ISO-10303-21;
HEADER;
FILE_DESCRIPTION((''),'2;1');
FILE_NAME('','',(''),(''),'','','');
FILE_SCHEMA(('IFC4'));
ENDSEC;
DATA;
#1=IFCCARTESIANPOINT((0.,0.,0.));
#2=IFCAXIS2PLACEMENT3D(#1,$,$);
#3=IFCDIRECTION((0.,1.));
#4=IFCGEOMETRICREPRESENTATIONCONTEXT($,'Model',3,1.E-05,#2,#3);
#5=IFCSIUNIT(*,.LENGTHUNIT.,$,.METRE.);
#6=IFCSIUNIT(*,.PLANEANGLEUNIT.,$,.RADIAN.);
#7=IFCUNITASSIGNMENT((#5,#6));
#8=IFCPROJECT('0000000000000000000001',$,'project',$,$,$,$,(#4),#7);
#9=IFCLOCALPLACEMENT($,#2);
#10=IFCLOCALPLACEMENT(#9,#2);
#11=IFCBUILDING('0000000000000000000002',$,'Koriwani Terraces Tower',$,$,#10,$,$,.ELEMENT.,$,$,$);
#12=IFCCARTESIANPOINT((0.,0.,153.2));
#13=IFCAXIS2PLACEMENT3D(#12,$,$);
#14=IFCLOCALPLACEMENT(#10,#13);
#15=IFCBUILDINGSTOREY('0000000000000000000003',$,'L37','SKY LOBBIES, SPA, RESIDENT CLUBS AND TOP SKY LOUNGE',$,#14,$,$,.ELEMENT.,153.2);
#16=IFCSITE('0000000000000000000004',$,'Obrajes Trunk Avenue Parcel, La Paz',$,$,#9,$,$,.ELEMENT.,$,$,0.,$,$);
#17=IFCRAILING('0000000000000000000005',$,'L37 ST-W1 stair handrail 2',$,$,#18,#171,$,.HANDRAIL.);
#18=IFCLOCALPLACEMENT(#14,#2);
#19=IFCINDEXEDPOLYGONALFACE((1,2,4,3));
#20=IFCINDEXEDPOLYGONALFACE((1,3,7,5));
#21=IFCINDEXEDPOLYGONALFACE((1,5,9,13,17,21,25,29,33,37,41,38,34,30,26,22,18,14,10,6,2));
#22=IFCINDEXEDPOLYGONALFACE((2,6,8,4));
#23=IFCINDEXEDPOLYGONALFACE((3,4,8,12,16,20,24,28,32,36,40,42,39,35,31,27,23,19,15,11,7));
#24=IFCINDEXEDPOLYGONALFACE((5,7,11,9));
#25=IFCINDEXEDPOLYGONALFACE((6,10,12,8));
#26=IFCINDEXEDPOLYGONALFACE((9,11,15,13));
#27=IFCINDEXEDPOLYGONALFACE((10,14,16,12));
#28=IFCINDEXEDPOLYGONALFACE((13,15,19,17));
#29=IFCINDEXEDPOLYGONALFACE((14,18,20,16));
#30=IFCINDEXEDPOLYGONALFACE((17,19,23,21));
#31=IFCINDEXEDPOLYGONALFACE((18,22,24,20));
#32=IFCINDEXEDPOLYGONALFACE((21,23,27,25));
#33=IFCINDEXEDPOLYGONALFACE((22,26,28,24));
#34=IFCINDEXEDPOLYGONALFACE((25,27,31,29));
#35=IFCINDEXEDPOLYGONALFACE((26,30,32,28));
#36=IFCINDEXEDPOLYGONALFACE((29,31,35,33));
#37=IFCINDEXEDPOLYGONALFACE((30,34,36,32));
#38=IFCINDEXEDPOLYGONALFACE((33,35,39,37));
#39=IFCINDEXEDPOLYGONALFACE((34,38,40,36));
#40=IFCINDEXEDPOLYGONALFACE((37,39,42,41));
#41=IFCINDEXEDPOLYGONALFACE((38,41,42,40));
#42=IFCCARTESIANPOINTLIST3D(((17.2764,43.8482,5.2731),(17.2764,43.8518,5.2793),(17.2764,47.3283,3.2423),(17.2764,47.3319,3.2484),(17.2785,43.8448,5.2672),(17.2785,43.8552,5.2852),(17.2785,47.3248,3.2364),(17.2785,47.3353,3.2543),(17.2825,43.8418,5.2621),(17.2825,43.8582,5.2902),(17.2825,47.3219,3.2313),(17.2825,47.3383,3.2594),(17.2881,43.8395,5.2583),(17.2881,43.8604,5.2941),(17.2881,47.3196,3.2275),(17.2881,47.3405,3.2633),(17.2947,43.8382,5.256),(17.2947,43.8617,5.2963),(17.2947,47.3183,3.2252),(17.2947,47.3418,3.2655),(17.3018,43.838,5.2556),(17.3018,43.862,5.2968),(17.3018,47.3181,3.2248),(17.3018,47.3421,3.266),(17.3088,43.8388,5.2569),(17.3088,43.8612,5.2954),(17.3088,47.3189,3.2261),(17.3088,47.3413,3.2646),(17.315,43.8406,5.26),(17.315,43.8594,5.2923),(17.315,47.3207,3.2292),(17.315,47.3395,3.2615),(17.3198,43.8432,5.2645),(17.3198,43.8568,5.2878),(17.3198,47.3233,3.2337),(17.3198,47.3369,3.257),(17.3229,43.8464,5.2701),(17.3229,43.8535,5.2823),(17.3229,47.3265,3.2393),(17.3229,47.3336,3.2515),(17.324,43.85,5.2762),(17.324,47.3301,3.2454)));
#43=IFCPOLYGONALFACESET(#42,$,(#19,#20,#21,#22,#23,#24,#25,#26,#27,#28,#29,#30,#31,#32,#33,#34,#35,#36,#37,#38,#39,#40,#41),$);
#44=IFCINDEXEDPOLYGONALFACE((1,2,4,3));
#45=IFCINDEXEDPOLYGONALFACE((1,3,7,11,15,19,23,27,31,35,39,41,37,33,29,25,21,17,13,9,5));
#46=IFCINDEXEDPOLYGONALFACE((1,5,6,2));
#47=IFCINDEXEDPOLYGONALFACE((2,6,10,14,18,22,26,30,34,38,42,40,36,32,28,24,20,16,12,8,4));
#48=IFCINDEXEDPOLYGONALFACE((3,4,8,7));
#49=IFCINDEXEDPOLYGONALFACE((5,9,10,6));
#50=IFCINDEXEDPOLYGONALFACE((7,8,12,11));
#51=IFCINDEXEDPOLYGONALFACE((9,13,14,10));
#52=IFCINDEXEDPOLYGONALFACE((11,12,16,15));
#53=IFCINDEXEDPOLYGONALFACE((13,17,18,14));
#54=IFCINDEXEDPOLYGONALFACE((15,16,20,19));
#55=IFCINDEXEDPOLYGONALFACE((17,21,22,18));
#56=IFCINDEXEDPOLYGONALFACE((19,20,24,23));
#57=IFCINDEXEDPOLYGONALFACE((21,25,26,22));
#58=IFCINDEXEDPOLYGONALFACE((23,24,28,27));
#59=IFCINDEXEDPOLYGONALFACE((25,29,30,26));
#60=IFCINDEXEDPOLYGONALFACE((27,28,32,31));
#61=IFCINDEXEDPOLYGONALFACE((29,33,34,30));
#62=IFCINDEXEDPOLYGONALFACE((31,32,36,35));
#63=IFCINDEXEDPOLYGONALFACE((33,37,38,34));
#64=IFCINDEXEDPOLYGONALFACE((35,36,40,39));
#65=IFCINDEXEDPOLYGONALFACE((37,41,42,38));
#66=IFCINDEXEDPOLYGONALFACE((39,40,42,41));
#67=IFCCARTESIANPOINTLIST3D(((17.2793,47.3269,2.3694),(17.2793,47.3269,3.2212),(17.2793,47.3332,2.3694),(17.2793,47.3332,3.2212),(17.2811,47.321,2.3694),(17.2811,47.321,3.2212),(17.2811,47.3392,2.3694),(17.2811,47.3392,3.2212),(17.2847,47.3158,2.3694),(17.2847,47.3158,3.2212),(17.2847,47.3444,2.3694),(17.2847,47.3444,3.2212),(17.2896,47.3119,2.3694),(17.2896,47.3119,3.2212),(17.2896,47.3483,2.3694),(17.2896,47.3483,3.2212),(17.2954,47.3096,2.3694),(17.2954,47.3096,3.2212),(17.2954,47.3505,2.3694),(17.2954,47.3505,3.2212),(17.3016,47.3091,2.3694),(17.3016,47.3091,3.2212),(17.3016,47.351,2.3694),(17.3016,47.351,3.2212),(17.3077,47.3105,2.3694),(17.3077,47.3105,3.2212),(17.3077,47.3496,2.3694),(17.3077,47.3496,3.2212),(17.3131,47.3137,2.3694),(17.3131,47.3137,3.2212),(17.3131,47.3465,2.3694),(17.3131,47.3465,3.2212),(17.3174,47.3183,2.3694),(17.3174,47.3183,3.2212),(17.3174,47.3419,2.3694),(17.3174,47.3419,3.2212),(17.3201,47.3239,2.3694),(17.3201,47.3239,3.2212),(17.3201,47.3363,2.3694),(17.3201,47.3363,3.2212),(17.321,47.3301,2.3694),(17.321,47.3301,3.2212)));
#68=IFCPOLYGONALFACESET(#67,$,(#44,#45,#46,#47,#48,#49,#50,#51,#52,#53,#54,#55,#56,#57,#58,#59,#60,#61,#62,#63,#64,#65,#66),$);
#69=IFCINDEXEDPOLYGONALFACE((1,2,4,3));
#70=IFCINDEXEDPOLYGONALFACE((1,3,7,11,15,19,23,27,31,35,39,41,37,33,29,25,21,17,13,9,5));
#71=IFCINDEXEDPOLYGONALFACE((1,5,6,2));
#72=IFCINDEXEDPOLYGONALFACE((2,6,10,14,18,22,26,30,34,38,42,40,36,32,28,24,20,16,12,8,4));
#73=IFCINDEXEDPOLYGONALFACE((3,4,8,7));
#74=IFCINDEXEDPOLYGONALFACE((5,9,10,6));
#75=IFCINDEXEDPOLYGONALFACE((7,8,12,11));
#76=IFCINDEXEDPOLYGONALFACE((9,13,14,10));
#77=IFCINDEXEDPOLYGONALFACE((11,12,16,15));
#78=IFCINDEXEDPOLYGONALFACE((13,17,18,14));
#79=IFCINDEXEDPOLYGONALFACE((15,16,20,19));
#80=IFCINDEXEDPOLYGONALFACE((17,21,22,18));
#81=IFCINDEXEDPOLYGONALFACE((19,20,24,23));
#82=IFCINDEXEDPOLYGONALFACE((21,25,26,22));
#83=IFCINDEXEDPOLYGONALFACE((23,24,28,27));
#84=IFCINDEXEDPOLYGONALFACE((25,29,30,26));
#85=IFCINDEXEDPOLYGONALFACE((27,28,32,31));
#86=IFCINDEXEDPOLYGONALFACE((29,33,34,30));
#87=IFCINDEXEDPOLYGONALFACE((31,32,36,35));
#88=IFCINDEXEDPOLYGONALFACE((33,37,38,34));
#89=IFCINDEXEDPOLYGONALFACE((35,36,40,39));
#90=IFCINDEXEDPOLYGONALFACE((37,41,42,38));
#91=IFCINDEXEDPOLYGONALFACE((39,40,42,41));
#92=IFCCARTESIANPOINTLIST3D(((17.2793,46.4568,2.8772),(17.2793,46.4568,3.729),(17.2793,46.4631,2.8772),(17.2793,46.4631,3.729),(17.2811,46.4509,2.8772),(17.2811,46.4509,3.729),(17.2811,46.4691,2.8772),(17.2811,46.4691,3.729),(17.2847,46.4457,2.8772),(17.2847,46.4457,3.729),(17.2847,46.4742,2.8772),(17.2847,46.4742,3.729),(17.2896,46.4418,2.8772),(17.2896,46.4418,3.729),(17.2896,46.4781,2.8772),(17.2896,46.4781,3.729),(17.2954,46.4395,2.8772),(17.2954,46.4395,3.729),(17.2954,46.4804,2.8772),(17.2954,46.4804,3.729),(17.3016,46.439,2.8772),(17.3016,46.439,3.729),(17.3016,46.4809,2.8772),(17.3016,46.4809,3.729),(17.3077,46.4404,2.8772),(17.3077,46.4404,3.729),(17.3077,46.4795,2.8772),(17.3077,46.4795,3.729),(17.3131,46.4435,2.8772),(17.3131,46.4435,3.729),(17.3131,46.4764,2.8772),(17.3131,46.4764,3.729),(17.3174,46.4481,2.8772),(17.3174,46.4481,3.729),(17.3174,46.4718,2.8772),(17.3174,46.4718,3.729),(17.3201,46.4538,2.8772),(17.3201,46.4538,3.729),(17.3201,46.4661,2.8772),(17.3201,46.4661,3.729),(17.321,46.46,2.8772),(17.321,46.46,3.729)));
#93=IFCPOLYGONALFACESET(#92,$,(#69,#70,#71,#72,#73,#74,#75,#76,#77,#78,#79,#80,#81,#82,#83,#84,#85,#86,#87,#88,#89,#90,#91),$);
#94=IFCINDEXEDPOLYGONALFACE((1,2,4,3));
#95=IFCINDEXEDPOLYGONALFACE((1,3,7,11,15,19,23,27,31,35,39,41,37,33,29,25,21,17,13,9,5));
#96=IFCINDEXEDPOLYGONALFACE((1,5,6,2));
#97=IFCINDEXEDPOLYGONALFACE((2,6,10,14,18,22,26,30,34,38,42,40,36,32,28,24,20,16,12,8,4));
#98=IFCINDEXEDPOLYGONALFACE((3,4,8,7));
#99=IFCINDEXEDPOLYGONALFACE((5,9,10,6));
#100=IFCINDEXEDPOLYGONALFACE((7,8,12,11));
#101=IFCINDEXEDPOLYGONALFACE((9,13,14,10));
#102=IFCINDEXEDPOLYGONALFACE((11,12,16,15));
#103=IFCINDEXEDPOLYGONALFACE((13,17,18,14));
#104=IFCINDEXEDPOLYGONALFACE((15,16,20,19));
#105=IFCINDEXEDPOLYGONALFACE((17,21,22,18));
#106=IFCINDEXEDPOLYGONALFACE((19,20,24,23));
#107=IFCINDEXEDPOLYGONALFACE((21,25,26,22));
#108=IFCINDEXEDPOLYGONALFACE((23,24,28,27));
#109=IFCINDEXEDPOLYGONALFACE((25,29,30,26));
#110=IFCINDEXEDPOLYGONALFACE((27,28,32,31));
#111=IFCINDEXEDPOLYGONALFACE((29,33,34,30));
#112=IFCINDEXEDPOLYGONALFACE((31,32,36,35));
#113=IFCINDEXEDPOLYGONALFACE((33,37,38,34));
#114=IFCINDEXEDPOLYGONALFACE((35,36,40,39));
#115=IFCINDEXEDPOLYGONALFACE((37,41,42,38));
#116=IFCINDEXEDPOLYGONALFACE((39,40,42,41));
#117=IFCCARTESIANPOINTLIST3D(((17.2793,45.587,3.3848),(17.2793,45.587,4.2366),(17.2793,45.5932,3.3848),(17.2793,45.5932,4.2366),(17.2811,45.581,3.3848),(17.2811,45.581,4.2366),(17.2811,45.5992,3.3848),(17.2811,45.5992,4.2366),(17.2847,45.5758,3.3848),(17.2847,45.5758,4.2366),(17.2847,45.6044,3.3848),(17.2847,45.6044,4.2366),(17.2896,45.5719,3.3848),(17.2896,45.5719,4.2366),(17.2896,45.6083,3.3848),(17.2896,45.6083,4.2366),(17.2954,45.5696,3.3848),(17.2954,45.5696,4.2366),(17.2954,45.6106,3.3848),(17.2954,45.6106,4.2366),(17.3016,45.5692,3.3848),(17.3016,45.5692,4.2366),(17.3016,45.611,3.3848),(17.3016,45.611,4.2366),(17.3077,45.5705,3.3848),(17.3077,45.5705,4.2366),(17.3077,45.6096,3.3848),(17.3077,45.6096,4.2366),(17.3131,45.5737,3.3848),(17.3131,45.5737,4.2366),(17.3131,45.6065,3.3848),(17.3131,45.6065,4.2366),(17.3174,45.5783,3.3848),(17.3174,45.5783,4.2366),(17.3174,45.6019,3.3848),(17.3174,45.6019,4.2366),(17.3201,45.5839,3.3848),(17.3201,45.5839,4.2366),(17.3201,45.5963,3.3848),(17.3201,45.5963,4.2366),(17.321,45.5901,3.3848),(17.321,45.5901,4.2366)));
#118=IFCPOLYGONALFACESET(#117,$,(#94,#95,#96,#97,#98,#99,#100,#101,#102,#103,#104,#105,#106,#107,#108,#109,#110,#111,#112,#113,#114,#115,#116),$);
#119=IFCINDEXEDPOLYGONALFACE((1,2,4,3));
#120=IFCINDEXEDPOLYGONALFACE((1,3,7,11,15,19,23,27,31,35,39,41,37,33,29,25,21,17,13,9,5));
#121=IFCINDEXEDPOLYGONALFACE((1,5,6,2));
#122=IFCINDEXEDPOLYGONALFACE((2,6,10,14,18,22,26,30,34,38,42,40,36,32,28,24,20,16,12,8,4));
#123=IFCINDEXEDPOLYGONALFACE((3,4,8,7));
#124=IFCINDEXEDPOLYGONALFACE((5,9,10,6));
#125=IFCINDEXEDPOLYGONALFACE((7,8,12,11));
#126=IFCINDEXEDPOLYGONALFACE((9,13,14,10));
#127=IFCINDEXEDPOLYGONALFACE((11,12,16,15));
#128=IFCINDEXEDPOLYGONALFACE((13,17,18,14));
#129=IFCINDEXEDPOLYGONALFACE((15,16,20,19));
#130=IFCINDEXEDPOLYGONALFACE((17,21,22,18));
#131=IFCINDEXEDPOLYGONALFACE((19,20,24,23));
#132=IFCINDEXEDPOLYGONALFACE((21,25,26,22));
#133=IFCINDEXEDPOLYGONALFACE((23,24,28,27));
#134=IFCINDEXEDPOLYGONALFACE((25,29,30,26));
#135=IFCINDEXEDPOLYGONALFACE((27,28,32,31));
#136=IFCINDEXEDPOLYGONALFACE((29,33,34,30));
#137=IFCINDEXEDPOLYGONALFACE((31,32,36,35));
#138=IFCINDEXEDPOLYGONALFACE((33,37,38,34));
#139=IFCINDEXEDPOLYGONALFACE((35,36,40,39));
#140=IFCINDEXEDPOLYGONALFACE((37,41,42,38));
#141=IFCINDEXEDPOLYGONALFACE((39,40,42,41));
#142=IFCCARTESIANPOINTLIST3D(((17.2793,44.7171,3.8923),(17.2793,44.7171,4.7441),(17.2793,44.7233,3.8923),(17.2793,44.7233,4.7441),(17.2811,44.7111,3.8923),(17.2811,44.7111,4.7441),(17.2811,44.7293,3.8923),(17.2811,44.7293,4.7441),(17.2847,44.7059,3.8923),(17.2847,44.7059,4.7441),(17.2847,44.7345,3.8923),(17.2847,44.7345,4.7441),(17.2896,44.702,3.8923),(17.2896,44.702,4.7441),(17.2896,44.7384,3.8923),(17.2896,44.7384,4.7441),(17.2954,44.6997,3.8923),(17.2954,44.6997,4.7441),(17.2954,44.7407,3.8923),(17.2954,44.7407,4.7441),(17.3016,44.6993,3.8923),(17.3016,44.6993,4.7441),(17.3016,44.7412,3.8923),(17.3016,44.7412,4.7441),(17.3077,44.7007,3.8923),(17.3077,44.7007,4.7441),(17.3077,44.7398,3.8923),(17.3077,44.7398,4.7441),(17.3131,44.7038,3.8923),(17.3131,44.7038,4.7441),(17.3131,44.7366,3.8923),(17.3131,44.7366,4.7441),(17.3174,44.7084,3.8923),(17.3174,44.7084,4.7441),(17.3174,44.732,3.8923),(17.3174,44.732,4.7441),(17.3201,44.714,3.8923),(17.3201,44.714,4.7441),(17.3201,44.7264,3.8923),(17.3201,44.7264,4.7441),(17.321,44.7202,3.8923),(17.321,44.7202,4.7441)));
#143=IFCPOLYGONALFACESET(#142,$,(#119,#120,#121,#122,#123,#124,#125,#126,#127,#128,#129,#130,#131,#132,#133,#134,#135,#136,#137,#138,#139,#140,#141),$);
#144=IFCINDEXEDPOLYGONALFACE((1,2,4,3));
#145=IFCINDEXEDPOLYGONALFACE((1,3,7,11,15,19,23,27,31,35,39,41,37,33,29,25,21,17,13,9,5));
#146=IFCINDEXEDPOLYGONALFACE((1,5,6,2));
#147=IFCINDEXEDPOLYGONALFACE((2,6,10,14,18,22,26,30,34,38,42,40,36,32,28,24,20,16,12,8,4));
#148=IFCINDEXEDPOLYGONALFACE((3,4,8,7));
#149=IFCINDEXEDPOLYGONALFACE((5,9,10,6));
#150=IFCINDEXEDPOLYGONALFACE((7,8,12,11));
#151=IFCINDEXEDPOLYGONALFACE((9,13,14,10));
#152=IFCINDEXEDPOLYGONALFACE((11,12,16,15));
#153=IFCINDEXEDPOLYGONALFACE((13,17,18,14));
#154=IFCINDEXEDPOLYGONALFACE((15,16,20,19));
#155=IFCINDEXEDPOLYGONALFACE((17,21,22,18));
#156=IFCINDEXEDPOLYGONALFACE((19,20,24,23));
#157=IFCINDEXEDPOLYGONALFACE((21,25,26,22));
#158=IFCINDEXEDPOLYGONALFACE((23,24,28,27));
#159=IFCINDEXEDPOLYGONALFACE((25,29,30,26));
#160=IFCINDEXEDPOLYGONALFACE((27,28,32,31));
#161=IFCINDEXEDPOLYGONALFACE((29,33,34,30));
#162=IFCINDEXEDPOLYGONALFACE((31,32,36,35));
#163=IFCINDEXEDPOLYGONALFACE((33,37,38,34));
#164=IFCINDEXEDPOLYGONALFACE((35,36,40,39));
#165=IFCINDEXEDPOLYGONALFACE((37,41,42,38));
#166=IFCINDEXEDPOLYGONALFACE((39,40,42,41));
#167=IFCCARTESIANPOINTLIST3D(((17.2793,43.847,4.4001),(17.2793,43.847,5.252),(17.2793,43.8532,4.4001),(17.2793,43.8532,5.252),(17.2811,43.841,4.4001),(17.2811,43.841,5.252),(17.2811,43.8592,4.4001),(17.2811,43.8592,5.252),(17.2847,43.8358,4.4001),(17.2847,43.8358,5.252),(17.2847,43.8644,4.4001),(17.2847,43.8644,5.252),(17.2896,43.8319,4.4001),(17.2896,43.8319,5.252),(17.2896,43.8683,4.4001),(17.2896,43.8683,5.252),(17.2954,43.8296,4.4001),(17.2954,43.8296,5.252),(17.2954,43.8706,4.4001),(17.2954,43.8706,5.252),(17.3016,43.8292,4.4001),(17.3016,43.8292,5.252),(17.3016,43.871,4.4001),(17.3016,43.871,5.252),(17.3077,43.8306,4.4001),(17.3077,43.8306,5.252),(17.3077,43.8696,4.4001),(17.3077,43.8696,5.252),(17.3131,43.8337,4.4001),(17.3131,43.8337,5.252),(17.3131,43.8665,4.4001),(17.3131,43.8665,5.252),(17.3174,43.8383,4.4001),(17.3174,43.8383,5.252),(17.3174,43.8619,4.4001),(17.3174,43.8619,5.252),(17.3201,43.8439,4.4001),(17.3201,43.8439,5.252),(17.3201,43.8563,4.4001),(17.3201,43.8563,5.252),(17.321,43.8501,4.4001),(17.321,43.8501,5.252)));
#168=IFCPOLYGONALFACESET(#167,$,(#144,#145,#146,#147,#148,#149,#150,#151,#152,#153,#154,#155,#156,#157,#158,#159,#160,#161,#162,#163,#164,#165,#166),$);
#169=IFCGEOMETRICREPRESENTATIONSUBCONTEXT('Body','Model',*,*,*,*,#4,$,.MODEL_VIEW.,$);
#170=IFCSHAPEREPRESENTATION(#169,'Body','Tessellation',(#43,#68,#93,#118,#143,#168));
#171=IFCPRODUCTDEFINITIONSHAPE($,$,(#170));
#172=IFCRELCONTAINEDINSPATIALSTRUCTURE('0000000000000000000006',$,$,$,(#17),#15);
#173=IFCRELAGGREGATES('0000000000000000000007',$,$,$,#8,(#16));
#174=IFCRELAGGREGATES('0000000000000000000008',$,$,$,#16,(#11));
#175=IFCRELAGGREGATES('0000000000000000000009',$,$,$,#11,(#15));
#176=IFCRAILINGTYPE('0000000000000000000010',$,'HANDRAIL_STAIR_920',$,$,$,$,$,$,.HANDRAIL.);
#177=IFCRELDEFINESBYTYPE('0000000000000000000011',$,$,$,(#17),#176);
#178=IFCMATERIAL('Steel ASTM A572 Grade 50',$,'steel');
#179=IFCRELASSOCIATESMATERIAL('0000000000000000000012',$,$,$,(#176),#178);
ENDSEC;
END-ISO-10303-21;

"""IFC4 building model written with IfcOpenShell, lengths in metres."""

from ifc_helpers import new_model, si_unit, direction, frame, origin, origin_2d, place, context, subcontext, project, spatial, circle, extrude, material, type_object, element, save


model = new_model("IFC4")

# Units and contexts
model_context = context("Model", 3, precision=1e-05, world=origin(), true_north=direction((0.0, 1.0)))
body_context = subcontext(model_context, "Body", "Model", "MODEL_VIEW")
ifc_project = project(units=[si_unit("LENGTHUNIT", "METRE"), si_unit("PLANEANGLEUNIT", "RADIAN")], contexts=[model_context])

# Site, building, storey
site_placement = place(None, origin())
site = spatial("IfcSite", under=ifc_project, at=site_placement, Name="Obrajes Trunk Avenue Parcel, La Paz", CompositionType="ELEMENT", RefElevation=0.0)
building_placement = place(site_placement, origin())
building = spatial("IfcBuilding", under=site, at=building_placement, Name="Koriwani Terraces Tower", CompositionType="ELEMENT")
storey_placement = place(building_placement, frame((0.0, 0.0, 153.2)))
storey = spatial("IfcBuildingStorey", under=building, at=storey_placement, Name="L37", Description="SKY LOBBIES, SPA, RESIDENT CLUBS AND TOP SKY LOUNGE", CompositionType="ELEMENT", Elevation=153.2)

# Shared definitions
ifc_material_1 = material(Name="Steel ASTM A572 Grade 50", Category="steel")

# Railing
railing_type_1 = type_object("IfcRailingType", Name="HANDRAIL_STAIR_920", PredefinedType="HANDRAIL", material=ifc_material_1)
railing_1_placement = place(storey_placement, frame((17.3, 47.3301, 2.3694)))
element("IfcRailing", 1, at=railing_1_placement, inside=storey, type_object=railing_type_1, Name="L37 ST-W1 stair handrail 2", PredefinedType="HANDRAIL", context=body_context, shape_type="SweptSolid", body=[
    extrude(circle(Radius=0.0239, at=origin_2d()), frame((0.0, 0.0, 0.876), z_axis=(0.0, -0.863695, 0.504014), x_axis=(1.0, 0.0, 0.0)), (0.0, 0.0, 1.0), 4.0293),
    extrude(circle(Radius=0.021, at=origin_2d()), origin(), (0.0, 0.0, 1.0), 0.8518),
    extrude(circle(Radius=0.021, at=origin_2d()), frame((0.0, -0.8701, 0.5078)), (0.0, 0.0, 1.0), 0.8518),
    extrude(circle(Radius=0.021, at=origin_2d()), frame((0.0, -1.74, 1.0154)), (0.0, 0.0, 1.0), 0.8518),
    extrude(circle(Radius=0.021, at=origin_2d()), frame((0.0, -2.6099, 1.5229)), (0.0, 0.0, 1.0), 0.8518),
    extrude(circle(Radius=0.021, at=origin_2d()), frame((0.0, -3.48, 2.0308)), (0.0, 0.0, 1.0), 0.8518),
])

save(model, "model.ifc")
